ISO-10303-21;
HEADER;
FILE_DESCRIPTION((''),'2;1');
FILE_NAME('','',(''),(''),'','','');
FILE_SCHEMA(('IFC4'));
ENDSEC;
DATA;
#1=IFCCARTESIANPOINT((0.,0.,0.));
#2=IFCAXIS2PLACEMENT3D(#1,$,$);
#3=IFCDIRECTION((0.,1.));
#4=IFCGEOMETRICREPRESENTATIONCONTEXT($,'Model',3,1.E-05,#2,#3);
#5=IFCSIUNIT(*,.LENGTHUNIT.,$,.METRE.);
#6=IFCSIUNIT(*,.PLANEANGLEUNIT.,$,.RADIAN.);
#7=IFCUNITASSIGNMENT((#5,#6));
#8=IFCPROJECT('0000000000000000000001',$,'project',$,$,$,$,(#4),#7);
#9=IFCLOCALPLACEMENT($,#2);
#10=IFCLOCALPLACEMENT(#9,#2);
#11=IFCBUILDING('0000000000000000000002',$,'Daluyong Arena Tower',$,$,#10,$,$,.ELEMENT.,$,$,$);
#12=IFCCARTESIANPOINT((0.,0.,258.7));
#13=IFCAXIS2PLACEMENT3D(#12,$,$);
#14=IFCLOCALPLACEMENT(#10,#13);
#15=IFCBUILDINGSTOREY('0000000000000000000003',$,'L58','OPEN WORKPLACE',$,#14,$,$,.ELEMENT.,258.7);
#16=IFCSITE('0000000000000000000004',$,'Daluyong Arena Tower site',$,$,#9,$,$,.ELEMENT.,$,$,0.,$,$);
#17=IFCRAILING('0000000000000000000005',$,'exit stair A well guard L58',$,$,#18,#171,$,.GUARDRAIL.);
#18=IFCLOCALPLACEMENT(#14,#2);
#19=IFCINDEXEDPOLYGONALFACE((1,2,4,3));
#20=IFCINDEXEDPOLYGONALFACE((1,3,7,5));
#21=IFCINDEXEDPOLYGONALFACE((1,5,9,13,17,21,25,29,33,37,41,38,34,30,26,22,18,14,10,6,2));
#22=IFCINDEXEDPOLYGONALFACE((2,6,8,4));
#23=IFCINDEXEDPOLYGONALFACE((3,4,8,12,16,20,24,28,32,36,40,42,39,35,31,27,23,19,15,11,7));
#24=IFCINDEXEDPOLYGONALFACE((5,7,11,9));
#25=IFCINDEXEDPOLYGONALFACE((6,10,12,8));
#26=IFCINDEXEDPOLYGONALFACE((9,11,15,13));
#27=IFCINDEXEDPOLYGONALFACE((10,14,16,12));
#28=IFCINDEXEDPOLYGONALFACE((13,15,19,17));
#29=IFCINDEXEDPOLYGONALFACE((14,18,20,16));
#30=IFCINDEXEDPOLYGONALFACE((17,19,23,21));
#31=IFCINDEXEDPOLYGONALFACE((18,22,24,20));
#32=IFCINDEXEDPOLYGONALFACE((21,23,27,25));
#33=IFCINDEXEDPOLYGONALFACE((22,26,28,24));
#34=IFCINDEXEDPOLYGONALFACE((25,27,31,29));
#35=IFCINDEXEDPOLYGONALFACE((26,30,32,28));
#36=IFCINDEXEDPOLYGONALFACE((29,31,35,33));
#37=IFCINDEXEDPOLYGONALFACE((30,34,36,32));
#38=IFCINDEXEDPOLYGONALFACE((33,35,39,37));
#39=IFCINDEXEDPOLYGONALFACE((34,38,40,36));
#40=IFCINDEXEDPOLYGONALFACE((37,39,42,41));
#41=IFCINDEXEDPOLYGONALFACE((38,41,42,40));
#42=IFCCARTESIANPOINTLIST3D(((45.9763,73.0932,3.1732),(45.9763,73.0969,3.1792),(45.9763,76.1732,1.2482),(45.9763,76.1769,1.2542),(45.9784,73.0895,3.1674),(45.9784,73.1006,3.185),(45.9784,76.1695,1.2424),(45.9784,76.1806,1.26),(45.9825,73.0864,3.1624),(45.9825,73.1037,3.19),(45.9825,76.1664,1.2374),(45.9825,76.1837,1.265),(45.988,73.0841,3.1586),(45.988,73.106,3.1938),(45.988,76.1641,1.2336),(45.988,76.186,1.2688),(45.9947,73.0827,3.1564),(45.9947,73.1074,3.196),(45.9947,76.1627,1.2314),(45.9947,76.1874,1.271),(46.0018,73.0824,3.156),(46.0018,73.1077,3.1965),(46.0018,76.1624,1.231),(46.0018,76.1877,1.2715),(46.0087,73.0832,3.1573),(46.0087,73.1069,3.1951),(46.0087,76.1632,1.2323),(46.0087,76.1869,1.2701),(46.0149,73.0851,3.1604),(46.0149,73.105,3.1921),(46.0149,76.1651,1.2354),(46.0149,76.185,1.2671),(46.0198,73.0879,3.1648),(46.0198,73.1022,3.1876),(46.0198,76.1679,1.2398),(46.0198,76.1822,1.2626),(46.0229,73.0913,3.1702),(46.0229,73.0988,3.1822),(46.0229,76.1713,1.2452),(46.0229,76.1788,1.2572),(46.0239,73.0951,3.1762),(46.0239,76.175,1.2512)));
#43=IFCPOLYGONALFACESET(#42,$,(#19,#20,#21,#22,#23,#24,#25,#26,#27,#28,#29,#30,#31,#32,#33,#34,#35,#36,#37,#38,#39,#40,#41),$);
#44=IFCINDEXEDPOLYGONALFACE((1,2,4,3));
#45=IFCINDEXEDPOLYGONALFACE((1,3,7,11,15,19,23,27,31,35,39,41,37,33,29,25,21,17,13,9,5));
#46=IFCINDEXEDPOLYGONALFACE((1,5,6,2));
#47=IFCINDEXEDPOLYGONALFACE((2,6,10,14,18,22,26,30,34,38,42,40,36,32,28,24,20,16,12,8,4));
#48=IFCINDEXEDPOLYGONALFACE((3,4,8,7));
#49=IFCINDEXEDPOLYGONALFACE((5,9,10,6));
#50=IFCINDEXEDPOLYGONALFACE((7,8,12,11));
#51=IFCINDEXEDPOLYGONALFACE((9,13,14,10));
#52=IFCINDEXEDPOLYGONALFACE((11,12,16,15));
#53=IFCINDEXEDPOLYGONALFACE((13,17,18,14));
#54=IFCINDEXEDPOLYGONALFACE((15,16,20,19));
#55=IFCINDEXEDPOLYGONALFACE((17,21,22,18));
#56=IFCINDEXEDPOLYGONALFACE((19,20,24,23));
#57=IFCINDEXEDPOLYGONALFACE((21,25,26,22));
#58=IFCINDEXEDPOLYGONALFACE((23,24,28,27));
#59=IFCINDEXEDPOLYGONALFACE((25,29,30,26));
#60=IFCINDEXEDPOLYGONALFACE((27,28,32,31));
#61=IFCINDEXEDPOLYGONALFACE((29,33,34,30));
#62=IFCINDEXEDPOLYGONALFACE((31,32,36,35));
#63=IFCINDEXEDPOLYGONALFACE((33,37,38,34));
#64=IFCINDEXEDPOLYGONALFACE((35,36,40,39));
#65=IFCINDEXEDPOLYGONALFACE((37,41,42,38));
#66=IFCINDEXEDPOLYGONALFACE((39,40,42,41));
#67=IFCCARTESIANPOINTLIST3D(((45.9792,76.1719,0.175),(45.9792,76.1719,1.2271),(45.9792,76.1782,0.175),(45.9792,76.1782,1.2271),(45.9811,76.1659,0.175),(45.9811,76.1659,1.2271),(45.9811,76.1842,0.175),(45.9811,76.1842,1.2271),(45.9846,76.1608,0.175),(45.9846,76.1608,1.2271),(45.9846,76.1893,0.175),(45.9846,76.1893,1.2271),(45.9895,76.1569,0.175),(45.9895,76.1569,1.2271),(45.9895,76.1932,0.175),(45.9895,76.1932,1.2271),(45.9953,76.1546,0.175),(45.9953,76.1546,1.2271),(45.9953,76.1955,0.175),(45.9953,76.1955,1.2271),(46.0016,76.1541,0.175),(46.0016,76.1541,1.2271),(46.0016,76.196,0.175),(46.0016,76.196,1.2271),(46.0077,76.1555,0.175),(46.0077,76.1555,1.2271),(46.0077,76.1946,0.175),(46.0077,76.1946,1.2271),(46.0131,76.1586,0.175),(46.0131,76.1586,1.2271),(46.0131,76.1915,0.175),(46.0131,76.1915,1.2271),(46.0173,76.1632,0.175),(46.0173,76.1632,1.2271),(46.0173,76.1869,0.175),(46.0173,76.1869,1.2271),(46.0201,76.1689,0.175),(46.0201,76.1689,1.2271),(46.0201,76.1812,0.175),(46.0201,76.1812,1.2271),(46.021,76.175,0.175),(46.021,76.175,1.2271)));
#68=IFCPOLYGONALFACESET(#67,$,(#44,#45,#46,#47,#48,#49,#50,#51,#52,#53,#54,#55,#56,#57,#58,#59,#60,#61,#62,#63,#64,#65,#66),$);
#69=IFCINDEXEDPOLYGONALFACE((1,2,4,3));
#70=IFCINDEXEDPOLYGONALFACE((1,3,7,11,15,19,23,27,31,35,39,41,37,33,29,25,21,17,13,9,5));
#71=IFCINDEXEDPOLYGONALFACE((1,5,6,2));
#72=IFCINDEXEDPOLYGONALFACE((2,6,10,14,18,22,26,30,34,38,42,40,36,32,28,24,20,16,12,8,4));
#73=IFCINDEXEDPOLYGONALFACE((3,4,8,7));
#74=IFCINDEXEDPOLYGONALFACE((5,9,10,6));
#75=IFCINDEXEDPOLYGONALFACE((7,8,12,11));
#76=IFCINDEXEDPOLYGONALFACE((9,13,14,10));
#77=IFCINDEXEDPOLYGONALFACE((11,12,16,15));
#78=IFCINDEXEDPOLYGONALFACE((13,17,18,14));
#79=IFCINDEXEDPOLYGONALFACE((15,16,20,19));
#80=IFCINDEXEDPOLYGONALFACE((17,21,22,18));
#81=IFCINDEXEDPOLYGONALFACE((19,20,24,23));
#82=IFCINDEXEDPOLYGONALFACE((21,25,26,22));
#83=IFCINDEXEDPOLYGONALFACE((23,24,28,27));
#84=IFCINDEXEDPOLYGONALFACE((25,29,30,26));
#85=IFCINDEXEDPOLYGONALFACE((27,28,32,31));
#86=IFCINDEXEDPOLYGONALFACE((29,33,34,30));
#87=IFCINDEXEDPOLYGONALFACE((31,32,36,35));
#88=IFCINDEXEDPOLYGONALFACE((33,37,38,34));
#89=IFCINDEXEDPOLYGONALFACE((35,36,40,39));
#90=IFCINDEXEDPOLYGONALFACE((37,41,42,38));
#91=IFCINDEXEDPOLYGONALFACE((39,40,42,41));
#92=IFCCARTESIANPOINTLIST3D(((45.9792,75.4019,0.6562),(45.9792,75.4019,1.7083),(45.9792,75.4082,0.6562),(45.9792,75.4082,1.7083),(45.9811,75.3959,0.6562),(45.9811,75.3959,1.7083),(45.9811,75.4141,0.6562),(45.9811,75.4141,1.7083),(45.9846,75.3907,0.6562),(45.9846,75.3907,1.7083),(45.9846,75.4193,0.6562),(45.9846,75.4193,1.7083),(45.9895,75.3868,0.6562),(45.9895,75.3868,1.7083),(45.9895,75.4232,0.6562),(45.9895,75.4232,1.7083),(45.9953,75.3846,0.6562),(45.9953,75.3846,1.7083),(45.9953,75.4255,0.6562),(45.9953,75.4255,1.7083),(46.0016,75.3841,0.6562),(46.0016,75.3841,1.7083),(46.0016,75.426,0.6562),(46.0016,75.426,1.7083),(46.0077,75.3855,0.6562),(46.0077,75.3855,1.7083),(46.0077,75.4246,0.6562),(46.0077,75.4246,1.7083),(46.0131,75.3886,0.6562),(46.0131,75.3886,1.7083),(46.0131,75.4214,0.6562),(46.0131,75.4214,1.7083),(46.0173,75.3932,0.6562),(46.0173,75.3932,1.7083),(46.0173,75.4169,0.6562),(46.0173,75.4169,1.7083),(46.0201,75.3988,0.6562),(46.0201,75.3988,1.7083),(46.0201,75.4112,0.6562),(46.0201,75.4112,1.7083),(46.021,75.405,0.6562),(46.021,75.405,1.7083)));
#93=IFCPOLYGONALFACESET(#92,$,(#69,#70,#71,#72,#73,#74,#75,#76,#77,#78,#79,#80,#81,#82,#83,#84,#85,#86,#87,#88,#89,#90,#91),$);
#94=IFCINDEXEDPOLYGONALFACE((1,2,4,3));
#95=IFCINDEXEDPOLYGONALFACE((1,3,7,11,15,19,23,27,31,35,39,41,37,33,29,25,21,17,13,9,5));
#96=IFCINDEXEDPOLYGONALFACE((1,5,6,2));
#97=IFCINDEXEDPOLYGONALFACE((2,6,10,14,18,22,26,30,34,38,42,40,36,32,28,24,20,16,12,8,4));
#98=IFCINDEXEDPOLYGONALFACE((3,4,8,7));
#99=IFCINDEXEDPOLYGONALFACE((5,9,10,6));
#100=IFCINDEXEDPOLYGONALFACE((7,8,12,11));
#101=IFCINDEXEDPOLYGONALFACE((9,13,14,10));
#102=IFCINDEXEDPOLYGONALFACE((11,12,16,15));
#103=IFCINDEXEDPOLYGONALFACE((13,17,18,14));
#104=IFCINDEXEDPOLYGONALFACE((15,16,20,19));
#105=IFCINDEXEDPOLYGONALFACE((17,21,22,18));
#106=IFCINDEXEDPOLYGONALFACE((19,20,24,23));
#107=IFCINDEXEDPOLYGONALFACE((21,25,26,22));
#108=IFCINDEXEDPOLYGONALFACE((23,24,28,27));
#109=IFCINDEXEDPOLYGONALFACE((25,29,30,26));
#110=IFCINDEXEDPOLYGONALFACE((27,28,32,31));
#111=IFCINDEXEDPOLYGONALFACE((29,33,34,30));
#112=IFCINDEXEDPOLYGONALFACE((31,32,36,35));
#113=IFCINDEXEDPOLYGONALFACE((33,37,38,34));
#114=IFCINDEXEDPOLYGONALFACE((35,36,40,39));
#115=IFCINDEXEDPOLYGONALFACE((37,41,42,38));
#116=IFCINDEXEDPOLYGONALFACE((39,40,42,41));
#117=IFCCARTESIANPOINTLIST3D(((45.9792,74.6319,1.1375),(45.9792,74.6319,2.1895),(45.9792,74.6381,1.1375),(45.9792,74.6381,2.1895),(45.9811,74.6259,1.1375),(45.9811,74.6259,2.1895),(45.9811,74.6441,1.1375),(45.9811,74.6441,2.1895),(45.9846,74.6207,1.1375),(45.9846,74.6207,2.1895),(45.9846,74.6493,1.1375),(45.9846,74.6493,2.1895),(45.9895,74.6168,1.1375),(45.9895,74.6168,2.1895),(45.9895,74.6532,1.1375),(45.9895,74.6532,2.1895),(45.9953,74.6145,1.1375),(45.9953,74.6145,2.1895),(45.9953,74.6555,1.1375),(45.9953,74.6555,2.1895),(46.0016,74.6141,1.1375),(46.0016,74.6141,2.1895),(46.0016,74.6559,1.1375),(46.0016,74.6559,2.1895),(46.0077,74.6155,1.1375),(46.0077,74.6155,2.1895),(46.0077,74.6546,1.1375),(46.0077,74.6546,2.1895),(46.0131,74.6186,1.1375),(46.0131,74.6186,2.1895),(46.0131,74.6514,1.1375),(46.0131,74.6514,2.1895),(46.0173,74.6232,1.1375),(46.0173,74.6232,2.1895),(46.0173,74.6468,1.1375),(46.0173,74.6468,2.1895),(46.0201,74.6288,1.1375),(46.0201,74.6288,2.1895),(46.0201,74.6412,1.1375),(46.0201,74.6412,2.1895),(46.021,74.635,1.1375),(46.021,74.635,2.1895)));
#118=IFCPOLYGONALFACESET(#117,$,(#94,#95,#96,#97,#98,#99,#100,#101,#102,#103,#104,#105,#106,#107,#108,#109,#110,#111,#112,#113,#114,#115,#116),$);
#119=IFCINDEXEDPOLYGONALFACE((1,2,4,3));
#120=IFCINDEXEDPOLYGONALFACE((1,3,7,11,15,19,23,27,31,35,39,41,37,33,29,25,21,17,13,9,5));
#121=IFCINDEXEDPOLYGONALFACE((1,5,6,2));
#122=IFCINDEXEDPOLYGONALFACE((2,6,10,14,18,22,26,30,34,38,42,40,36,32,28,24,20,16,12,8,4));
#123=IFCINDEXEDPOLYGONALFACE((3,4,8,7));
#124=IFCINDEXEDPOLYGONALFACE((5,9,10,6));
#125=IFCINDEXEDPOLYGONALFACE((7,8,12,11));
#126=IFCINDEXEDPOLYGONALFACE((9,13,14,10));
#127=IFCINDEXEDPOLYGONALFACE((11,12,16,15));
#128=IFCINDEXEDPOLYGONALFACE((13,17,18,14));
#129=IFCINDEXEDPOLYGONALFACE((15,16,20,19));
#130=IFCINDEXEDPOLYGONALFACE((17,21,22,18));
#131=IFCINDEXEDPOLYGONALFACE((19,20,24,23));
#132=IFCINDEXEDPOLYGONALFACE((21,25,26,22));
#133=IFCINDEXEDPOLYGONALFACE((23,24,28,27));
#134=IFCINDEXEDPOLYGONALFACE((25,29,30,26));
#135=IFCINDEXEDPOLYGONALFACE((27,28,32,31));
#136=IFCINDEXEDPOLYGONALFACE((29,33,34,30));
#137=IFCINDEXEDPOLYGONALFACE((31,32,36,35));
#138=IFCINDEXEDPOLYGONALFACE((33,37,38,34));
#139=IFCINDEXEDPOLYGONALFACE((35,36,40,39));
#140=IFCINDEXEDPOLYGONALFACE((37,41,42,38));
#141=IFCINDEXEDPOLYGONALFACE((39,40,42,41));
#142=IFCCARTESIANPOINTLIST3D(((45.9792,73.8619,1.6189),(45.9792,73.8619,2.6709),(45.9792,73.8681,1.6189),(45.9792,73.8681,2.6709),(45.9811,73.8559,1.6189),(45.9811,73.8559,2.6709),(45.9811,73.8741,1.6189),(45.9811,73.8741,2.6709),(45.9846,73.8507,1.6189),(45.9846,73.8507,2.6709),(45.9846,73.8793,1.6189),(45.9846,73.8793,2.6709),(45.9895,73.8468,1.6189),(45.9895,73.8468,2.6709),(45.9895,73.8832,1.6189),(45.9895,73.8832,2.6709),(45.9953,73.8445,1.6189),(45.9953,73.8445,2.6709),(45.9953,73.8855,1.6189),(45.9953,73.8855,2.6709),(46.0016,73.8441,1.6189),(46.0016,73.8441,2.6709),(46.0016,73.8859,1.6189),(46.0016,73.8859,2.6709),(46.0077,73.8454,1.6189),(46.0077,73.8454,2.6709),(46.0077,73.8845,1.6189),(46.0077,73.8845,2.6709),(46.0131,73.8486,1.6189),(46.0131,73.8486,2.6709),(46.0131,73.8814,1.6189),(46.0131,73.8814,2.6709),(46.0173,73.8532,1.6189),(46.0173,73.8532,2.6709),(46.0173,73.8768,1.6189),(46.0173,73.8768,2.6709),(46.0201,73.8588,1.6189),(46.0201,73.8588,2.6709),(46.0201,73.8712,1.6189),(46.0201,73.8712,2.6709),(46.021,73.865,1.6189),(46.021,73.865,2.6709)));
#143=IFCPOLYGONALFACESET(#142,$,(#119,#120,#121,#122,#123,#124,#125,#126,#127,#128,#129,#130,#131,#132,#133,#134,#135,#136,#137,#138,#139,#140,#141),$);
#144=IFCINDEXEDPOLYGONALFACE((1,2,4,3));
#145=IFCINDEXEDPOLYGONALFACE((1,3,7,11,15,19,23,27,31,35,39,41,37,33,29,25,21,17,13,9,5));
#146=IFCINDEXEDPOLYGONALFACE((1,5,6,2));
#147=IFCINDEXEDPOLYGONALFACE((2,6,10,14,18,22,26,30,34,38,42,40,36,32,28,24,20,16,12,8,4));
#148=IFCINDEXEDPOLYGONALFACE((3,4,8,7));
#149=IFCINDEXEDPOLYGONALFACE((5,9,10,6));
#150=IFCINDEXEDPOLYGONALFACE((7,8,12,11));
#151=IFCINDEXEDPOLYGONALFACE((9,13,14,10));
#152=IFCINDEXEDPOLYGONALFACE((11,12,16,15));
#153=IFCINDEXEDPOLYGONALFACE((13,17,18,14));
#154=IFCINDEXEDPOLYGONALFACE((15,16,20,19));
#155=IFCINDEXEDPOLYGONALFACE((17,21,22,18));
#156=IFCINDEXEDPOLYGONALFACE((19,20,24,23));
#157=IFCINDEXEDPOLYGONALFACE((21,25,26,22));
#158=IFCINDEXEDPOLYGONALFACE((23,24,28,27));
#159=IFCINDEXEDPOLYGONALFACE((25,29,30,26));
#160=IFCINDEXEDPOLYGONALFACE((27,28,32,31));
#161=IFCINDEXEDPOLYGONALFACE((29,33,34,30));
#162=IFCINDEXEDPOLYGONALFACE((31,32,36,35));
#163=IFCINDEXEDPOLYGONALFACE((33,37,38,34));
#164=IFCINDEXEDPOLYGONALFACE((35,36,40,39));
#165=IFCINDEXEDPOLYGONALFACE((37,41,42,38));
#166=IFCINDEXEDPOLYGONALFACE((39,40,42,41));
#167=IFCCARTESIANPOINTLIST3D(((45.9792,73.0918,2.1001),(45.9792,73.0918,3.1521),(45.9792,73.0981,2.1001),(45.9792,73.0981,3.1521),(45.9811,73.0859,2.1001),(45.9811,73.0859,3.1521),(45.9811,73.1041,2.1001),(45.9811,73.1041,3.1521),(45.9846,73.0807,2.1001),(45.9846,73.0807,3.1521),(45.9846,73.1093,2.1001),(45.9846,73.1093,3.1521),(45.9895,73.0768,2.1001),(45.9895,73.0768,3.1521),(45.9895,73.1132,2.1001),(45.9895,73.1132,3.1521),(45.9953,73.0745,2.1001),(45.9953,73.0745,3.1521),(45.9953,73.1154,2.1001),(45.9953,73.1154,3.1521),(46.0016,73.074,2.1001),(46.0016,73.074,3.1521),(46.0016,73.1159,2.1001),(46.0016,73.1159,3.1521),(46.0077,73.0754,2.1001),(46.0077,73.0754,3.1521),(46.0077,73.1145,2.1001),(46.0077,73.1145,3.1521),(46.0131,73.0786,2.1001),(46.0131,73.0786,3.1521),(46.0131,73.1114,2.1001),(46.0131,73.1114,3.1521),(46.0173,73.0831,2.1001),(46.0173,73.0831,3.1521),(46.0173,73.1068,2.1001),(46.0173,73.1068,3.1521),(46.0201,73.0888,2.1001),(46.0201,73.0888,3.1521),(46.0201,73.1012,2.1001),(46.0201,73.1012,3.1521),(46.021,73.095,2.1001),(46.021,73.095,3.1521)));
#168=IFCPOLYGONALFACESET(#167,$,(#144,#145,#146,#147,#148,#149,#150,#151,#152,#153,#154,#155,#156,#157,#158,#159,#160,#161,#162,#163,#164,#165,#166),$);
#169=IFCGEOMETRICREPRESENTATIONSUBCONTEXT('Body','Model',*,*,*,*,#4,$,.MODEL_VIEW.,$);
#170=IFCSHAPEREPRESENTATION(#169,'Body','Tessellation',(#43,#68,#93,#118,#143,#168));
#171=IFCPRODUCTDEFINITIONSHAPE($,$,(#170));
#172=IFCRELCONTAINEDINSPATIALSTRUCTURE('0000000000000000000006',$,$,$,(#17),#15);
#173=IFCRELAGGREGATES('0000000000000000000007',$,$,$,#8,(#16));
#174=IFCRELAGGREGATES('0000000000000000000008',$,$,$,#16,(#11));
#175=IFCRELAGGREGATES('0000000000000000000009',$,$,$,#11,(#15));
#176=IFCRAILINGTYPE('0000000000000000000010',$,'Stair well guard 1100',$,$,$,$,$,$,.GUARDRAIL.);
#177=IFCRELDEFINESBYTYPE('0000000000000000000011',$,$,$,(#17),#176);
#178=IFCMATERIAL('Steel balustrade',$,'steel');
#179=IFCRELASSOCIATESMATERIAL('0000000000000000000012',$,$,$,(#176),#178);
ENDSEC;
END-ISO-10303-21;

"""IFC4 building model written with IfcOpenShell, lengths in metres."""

from ifc_helpers import new_model, si_unit, direction, frame, origin, origin_2d, place, context, subcontext, project, spatial, circle, extrude, material, type_object, element, save


model = new_model("IFC4")

# Units and contexts
model_context = context("Model", 3, precision=1e-05, world=origin(), true_north=direction((0.0, 1.0)))
body_context = subcontext(model_context, "Body", "Model", "MODEL_VIEW")
ifc_project = project(units=[si_unit("LENGTHUNIT", "METRE"), si_unit("PLANEANGLEUNIT", "RADIAN")], contexts=[model_context])

# Site, building, storey
site_placement = place(None, origin())
site = spatial("IfcSite", under=ifc_project, at=site_placement, Name="Daluyong Arena Tower site", CompositionType="ELEMENT", RefElevation=0.0)
building_placement = place(site_placement, origin())
building = spatial("IfcBuilding", under=site, at=building_placement, Name="Daluyong Arena Tower", CompositionType="ELEMENT")
storey_placement = place(building_placement, frame((0.0, 0.0, 258.7)))
storey = spatial("IfcBuildingStorey", under=building, at=storey_placement, Name="L58", Description="OPEN WORKPLACE", CompositionType="ELEMENT", Elevation=258.7)

# Railing
ifc_material_1 = material(Name="Steel balustrade", Category="steel")
railing_type_1 = type_object("IfcRailingType", Name="Stair well guard 1100", PredefinedType="GUARDRAIL", material=ifc_material_1)
railing_1_placement = place(storey_placement, frame((46.0, 76.175, 0.175)))
element("IfcRailing", 1, at=railing_1_placement, inside=storey, type_object=railing_type_1, Name="exit stair A well guard L58", PredefinedType="GUARDRAIL", context=body_context, shape_type="SweptSolid", body=[
    extrude(circle(Radius=0.0239, at=origin_2d()), frame((0.0, 0.0, 1.0762), z_axis=(0.0, -0.847998, 0.529999), x_axis=(1.0, 0.0, 0.0)), (0.0, 0.0, 1.0), 3.6321),
    extrude(circle(Radius=0.021, at=origin_2d()), origin(), (0.0, 0.0, 1.0), 1.052),
    extrude(circle(Radius=0.021, at=origin_2d()), frame((0.0, -0.77, 0.4812)), (0.0, 0.0, 1.0), 1.052),
    extrude(circle(Radius=0.021, at=origin_2d()), frame((0.0, -1.54, 0.9624)), (0.0, 0.0, 1.0), 1.052),
    extrude(circle(Radius=0.021, at=origin_2d()), frame((0.0, -2.3101, 1.4438)), (0.0, 0.0, 1.0), 1.052),
    extrude(circle(Radius=0.021, at=origin_2d()), frame((0.0, -3.0801, 1.925)), (0.0, 0.0, 1.0), 1.052),
])

save(model, "model.ifc")
